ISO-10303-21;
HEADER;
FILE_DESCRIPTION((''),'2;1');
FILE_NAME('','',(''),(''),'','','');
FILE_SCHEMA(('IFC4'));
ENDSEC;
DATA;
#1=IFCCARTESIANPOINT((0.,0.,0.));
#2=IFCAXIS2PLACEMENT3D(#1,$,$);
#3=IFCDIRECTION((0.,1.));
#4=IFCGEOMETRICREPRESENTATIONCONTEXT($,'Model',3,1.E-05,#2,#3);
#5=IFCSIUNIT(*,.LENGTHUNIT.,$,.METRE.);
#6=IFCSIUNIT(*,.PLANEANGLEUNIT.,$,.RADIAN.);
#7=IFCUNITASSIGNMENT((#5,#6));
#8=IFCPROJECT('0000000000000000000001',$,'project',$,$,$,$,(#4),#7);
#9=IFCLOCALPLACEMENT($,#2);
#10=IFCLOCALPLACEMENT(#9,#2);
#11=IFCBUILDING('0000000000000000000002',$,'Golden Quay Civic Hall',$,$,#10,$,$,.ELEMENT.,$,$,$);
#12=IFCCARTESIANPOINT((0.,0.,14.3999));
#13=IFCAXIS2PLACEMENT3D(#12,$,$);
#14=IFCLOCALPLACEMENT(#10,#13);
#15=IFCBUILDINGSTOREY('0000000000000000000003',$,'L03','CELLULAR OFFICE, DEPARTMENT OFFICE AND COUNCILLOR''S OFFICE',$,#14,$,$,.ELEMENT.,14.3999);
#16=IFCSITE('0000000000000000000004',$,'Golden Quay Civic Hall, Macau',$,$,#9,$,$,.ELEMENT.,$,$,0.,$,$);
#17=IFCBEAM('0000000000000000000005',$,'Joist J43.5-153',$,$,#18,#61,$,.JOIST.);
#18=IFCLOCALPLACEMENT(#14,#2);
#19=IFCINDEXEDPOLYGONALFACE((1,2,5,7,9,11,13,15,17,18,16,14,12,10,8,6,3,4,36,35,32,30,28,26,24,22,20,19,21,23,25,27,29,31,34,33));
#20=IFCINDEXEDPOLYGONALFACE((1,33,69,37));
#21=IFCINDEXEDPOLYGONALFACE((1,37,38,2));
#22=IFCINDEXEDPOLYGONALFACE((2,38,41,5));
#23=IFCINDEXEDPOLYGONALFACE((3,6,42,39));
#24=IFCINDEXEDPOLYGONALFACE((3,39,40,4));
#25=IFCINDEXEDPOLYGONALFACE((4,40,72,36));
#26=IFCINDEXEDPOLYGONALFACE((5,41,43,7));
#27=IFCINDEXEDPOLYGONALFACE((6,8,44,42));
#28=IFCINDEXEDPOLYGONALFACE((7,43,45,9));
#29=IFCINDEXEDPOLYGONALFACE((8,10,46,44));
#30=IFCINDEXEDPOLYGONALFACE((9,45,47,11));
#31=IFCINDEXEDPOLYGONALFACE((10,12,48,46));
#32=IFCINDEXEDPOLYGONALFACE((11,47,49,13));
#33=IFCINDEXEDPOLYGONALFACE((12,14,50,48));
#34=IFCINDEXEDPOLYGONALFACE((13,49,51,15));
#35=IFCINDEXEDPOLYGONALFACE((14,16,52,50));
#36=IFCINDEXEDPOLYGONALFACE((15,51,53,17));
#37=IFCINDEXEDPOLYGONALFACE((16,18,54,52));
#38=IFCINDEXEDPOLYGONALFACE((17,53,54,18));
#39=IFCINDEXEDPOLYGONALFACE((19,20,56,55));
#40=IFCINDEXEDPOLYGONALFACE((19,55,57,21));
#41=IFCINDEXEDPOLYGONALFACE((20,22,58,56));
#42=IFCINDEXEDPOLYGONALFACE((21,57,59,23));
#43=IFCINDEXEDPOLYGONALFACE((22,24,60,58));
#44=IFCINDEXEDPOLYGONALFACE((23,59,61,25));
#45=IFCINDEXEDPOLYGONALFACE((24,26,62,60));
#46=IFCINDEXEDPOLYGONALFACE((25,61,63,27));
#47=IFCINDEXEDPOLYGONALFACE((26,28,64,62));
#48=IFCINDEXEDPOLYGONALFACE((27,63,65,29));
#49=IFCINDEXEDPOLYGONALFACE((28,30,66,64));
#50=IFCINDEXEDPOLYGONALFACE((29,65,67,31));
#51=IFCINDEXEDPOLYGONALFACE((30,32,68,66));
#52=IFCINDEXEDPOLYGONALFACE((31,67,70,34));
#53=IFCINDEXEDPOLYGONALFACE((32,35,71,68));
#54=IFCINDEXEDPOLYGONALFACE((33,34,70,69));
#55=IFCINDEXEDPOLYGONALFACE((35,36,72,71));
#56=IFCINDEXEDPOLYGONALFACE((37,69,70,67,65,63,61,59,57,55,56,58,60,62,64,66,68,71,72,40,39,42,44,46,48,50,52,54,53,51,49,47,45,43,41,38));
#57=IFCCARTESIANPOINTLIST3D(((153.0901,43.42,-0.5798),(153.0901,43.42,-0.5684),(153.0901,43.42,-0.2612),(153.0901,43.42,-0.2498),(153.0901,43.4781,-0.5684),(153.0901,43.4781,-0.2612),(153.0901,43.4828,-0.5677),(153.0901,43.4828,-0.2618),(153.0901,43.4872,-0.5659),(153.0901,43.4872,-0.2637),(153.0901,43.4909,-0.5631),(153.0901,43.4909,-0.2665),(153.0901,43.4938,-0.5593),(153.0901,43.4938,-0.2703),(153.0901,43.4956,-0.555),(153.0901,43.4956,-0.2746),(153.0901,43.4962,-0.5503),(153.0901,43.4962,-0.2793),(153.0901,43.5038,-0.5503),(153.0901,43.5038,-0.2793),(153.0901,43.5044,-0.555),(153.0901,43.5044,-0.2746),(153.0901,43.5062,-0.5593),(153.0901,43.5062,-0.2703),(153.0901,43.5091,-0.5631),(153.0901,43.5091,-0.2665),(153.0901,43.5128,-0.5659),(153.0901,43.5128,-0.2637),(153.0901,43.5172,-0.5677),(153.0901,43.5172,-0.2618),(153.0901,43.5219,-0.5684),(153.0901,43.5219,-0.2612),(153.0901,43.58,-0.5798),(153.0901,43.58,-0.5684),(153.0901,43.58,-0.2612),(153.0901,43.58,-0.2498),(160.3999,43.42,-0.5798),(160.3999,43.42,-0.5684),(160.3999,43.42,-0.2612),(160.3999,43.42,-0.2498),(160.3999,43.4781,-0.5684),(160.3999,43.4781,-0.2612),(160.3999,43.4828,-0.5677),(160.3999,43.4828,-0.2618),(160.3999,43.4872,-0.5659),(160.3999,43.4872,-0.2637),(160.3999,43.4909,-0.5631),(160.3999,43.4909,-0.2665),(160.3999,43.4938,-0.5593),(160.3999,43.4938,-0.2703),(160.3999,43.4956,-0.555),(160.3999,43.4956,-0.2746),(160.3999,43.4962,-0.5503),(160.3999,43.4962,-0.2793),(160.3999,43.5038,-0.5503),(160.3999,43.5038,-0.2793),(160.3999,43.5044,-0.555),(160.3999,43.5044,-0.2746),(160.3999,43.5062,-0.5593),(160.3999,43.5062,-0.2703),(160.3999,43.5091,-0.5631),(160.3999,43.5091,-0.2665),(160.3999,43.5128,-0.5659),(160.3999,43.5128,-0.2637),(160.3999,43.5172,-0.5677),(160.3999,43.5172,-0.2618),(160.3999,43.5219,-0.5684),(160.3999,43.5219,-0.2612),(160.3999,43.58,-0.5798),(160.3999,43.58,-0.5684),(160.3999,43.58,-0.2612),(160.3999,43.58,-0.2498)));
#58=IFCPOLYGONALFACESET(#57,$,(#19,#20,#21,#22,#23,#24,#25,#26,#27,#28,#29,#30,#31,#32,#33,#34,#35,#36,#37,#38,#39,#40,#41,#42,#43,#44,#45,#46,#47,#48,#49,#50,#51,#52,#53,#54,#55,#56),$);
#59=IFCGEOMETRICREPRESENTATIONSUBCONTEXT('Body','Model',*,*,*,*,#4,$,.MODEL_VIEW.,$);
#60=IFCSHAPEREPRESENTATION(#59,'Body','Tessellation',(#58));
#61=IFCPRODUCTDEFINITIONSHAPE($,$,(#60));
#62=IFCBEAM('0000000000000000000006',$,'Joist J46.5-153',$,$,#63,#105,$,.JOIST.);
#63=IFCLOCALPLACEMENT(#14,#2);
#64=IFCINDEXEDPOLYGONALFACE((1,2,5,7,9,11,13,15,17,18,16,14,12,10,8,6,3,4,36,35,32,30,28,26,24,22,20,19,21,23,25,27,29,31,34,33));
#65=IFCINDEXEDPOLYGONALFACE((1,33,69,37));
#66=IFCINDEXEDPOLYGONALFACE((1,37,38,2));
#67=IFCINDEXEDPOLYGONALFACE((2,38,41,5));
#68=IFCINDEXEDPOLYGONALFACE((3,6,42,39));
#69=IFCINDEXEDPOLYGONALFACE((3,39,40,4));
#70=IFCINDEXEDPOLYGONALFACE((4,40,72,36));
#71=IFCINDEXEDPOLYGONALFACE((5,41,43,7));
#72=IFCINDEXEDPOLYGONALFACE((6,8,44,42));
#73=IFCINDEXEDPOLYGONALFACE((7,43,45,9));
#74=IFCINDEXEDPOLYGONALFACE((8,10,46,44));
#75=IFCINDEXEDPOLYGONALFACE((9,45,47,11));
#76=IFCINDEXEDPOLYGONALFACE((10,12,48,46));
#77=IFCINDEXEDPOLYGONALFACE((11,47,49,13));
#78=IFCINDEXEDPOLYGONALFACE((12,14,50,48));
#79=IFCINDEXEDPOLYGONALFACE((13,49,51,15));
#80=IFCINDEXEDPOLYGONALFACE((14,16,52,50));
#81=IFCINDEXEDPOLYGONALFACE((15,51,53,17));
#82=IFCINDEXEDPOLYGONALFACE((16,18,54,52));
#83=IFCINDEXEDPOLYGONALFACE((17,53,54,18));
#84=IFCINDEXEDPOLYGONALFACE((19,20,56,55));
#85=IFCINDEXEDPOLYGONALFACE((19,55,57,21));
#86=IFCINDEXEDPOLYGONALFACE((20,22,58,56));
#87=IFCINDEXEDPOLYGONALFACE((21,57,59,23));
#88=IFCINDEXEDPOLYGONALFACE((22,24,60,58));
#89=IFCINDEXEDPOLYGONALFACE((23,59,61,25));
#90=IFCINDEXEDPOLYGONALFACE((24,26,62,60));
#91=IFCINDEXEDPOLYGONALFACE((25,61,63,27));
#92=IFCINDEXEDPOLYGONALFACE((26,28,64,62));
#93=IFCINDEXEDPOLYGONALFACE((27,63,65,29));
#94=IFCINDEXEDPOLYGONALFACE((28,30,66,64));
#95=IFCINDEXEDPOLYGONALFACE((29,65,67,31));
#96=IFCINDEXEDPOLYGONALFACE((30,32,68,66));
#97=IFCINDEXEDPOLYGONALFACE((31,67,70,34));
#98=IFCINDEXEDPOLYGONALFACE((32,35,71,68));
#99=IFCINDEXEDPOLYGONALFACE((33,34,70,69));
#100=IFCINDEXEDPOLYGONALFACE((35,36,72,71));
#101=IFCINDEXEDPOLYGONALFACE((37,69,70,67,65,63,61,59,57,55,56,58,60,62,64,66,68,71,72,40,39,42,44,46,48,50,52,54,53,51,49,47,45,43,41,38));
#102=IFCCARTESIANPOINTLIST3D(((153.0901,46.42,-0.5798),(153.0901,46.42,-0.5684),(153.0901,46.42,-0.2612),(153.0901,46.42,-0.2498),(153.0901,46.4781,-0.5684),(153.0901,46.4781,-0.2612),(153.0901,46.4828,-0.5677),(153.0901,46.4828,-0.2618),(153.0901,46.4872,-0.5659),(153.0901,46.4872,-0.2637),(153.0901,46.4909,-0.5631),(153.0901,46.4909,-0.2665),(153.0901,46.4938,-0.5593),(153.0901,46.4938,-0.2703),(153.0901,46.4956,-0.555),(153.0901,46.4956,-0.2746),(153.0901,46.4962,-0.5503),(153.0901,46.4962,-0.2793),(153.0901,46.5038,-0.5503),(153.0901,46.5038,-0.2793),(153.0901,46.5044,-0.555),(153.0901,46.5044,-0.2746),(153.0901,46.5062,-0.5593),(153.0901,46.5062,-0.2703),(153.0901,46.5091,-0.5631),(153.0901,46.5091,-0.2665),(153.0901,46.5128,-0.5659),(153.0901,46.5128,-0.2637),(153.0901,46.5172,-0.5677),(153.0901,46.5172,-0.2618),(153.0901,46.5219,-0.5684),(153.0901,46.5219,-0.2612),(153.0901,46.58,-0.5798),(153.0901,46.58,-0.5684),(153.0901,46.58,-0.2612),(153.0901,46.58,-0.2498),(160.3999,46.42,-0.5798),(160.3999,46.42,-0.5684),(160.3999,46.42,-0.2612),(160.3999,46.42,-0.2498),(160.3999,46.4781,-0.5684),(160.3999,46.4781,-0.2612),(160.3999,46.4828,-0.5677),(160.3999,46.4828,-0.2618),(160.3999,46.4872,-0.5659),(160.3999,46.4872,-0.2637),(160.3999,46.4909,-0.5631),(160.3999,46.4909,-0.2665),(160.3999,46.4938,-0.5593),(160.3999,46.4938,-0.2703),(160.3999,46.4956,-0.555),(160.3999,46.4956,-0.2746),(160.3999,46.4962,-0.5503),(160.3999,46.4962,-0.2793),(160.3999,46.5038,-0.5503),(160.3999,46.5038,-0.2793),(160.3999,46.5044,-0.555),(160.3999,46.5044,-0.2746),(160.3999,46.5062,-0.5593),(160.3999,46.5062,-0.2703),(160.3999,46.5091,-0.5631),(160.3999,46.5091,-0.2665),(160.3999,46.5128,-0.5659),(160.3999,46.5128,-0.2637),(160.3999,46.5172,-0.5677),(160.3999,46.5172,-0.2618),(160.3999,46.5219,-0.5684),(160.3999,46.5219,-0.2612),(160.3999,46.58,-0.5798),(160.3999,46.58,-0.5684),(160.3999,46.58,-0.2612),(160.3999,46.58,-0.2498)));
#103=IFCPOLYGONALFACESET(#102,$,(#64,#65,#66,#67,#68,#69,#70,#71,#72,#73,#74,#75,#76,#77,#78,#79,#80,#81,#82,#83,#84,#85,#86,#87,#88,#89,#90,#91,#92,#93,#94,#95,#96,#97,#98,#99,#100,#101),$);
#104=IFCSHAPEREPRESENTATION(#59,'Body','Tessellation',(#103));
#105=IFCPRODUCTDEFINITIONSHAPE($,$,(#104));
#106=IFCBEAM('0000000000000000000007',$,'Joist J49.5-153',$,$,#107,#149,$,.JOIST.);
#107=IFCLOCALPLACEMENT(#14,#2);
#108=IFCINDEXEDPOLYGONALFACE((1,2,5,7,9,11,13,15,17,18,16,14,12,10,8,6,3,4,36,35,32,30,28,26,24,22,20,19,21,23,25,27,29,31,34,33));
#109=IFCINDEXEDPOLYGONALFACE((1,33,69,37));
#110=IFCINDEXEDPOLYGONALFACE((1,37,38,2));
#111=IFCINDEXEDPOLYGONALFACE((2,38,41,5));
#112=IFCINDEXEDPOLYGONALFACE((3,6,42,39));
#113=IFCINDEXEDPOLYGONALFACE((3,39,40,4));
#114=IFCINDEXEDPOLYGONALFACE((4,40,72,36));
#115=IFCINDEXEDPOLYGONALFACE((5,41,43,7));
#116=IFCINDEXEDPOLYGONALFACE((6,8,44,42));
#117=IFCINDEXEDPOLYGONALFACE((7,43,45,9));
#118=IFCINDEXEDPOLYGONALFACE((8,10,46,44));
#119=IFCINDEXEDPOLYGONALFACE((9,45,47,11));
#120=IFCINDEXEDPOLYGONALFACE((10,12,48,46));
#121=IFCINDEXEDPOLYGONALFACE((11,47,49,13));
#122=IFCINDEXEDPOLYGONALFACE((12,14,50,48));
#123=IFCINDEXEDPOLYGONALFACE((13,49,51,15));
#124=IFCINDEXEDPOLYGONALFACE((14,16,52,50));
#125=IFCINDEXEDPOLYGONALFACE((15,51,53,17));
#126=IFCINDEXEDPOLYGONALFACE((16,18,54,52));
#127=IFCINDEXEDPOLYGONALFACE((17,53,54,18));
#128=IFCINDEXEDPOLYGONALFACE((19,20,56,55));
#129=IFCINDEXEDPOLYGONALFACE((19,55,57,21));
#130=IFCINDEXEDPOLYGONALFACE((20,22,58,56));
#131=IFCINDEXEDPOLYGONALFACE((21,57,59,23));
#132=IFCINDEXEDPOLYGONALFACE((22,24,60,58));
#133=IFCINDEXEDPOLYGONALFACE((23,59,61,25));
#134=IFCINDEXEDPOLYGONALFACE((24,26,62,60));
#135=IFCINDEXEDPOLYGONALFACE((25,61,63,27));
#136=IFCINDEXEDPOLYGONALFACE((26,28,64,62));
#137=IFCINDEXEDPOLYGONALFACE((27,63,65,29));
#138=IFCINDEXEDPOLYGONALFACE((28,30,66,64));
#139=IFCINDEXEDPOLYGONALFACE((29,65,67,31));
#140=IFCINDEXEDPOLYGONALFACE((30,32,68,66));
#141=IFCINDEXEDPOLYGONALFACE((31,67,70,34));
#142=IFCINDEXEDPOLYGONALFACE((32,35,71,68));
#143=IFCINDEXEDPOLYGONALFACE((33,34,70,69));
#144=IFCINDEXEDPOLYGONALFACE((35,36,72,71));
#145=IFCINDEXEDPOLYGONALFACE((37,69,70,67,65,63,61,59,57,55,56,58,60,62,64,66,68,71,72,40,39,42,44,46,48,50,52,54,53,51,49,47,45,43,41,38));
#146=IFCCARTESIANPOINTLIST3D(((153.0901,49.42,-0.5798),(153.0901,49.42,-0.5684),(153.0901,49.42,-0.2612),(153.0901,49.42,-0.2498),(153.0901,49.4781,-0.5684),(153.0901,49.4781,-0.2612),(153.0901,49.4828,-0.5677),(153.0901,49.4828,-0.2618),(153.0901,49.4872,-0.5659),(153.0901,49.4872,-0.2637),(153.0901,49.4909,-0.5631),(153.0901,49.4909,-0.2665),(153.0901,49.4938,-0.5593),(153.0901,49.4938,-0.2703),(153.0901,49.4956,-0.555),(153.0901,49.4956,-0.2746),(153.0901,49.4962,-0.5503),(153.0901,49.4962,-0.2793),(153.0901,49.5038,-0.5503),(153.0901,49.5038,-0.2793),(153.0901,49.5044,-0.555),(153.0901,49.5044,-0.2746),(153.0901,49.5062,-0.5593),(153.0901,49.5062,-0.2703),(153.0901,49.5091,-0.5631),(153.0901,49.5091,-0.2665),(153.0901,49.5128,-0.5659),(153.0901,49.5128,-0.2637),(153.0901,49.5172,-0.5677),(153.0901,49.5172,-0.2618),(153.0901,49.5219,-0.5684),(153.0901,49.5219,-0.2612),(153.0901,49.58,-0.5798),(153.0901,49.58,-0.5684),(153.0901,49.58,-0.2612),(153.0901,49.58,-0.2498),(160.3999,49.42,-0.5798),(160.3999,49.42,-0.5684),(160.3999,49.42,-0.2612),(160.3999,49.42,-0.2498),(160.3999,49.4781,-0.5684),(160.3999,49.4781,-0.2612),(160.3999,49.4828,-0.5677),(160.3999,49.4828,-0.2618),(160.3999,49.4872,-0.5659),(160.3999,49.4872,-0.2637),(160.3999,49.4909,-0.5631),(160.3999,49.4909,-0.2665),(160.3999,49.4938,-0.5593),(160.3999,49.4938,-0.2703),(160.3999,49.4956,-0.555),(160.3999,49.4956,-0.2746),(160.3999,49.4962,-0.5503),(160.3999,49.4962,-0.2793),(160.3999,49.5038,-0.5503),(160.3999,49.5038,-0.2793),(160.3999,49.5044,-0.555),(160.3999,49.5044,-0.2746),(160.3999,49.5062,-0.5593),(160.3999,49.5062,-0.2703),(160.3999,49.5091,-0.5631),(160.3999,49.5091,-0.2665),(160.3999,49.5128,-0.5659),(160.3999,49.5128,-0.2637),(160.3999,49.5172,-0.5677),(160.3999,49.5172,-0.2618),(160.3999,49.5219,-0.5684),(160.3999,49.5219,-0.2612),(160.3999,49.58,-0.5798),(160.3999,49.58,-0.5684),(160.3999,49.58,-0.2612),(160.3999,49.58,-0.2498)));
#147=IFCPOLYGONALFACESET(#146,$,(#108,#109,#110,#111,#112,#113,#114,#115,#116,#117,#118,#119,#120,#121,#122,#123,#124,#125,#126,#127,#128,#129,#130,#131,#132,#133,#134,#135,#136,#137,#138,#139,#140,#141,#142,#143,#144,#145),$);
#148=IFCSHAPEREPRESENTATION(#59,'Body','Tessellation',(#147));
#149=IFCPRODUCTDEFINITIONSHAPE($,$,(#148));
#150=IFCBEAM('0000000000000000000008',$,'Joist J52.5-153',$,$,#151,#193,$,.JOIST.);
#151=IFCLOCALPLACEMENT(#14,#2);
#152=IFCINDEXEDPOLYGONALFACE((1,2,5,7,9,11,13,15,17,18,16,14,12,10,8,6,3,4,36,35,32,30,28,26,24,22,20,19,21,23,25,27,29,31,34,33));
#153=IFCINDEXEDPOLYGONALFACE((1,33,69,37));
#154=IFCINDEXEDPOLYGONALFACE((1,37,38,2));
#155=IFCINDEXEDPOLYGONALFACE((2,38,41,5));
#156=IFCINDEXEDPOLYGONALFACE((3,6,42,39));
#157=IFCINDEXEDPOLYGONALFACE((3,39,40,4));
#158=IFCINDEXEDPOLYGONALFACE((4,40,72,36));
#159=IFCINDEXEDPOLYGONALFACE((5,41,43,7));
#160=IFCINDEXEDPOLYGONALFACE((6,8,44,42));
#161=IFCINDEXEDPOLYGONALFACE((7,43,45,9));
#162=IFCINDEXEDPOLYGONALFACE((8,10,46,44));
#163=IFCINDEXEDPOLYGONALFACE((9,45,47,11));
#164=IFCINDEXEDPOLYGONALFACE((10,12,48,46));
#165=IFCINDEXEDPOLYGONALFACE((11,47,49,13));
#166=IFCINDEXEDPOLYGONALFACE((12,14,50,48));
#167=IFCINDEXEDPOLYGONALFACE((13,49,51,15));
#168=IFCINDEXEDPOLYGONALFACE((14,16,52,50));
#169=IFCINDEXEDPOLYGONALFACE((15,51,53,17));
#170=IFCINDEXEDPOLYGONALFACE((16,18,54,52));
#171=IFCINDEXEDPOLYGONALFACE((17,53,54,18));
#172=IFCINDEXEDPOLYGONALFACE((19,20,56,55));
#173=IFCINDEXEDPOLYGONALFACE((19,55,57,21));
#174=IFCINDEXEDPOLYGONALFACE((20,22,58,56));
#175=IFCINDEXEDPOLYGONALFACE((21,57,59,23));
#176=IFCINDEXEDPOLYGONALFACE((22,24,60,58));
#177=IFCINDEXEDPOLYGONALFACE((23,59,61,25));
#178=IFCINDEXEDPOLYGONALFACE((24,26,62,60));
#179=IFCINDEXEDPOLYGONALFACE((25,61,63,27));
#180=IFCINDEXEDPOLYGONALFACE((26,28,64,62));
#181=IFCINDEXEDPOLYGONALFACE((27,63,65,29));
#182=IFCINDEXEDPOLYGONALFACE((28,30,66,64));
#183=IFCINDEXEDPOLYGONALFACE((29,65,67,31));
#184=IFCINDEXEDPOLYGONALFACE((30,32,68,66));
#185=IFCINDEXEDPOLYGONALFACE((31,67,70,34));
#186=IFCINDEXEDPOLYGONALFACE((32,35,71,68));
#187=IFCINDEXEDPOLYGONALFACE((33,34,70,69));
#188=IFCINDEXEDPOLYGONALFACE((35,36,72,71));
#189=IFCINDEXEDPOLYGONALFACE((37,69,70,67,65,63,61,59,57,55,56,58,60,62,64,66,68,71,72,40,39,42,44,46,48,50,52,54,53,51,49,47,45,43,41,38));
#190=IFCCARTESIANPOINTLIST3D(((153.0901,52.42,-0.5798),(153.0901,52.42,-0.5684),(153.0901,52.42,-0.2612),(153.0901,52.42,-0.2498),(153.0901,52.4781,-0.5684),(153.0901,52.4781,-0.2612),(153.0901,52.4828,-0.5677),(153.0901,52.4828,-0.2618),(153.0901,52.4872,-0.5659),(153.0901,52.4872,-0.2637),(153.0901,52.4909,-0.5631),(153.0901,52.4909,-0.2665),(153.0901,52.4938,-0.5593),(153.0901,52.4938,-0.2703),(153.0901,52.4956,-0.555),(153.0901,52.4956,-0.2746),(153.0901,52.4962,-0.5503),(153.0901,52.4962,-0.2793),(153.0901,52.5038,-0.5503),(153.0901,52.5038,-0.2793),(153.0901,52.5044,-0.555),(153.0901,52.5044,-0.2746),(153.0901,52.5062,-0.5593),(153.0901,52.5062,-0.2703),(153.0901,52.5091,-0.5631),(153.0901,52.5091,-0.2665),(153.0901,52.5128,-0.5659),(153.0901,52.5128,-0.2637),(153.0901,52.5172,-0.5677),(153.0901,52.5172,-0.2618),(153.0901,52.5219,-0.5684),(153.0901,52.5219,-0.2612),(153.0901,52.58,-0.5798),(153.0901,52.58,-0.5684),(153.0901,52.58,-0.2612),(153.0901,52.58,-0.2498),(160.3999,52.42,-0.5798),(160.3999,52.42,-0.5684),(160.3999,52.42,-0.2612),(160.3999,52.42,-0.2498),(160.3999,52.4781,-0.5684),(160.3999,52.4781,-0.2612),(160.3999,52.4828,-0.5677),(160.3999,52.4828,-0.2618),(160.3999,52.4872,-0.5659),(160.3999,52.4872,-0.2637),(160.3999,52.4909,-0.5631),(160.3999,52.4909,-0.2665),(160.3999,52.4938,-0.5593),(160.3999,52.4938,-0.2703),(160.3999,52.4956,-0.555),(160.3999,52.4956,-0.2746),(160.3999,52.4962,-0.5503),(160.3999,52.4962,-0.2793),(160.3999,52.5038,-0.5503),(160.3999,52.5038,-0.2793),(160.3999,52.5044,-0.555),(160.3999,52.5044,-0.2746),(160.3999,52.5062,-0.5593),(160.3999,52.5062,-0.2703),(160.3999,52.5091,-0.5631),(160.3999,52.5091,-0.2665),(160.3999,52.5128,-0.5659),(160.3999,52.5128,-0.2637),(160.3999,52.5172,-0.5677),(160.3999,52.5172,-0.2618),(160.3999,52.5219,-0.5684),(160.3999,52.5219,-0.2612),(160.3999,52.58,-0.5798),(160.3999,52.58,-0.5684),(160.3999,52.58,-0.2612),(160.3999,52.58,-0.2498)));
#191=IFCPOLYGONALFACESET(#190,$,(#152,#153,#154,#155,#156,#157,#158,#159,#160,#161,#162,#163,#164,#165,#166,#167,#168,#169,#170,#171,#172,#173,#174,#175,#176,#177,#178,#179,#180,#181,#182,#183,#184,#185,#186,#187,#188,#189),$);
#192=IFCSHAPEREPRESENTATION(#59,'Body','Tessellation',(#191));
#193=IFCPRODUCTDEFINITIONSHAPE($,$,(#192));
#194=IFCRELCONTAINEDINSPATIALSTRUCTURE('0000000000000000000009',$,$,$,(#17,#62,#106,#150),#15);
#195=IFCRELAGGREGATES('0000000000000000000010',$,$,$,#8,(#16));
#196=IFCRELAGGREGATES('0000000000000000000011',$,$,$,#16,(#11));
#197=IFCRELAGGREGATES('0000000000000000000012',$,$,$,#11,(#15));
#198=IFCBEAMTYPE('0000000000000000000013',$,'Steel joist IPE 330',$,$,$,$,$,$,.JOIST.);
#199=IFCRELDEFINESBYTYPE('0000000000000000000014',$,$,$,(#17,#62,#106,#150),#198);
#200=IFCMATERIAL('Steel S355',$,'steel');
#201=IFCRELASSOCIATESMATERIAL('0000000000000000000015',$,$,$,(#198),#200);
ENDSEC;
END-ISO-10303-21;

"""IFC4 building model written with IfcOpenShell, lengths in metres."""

from ifc_helpers import new_model, si_unit, direction, frame, origin, origin_2d, place, context, subcontext, project, spatial, i_section, extrude, material, material_profile, profile_set, type_object, element, save


model = new_model("IFC4")

# Units and contexts
model_context = context("Model", 3, precision=1e-05, world=origin(), true_north=direction((0.0, 1.0)))
body_context = subcontext(model_context, "Body", "Model", "MODEL_VIEW")
ifc_project = project(units=[si_unit("LENGTHUNIT", "METRE"), si_unit("PLANEANGLEUNIT", "RADIAN")], contexts=[model_context])

# Site, building, storey
site_placement = place(None, origin())
site = spatial("IfcSite", under=ifc_project, at=site_placement, Name="Golden Quay Civic Hall, Macau", CompositionType="ELEMENT", RefElevation=0.0)
building_placement = place(site_placement, origin())
building = spatial("IfcBuilding", under=site, at=building_placement, Name="Golden Quay Civic Hall", CompositionType="ELEMENT")
storey_placement = place(building_placement, frame((0.0, 0.0, 14.3999)))
storey = spatial("IfcBuildingStorey", under=building, at=storey_placement, Name="L03", Description="CELLULAR OFFICE, DEPARTMENT OFFICE AND COUNCILLOR'S OFFICE", CompositionType="ELEMENT", Elevation=14.3999)

# Beams
ifc_material_1 = material(Name="Steel S355", Category="steel")
ifc_material_profile_1 = material_profile(ifc_material_1, i_section(OverallWidth=0.1599, OverallDepth=0.3301, WebThickness=0.0076, FlangeThickness=0.0115, FilletRadius=0.0181, at=origin_2d()), Name="IPE 330")
ifc_profile_set_1 = profile_set([ifc_material_profile_1], Name="Steel S355")
beam_type_1 = type_object("IfcBeamType", Name="Steel joist IPE 330", PredefinedType="JOIST", material=ifc_profile_set_1)
for number, where, z_axis, x_axis, name in (
    (1, (153.0901, 43.5, -0.4148), (1.0, 0.0, 0.0), (0.0, 1.0, 0.0), "Joist J43.5-153"),
    (2, (153.0901, 46.5, -0.4148), (1.0, 0.0, 0.0), (0.0, 1.0, 0.0), "Joist J46.5-153"),
    (3, (153.0901, 49.5, -0.4148), (1.0, 0.0, 0.0), (0.0, 1.0, 0.0), "Joist J49.5-153"),
    (4, (153.0901, 52.5, -0.4148), (1.0, 0.0, 0.0), (0.0, 1.0, 0.0), "Joist J52.5-153"),
):
    element("IfcBeam", number, at=place(storey_placement, frame(where, z_axis=z_axis, x_axis=x_axis)), inside=storey, type_object=beam_type_1, Name=name, PredefinedType="JOIST", context=body_context, shape_type="SweptSolid", body=[
        extrude(i_section(OverallWidth=0.1599, OverallDepth=0.3301, WebThickness=0.0076, FlangeThickness=0.0115, FilletRadius=0.0181, at=origin_2d()), origin(), (0.0, 0.0, 1.0), 7.3098),
    ])

save(model, "model.ifc")
